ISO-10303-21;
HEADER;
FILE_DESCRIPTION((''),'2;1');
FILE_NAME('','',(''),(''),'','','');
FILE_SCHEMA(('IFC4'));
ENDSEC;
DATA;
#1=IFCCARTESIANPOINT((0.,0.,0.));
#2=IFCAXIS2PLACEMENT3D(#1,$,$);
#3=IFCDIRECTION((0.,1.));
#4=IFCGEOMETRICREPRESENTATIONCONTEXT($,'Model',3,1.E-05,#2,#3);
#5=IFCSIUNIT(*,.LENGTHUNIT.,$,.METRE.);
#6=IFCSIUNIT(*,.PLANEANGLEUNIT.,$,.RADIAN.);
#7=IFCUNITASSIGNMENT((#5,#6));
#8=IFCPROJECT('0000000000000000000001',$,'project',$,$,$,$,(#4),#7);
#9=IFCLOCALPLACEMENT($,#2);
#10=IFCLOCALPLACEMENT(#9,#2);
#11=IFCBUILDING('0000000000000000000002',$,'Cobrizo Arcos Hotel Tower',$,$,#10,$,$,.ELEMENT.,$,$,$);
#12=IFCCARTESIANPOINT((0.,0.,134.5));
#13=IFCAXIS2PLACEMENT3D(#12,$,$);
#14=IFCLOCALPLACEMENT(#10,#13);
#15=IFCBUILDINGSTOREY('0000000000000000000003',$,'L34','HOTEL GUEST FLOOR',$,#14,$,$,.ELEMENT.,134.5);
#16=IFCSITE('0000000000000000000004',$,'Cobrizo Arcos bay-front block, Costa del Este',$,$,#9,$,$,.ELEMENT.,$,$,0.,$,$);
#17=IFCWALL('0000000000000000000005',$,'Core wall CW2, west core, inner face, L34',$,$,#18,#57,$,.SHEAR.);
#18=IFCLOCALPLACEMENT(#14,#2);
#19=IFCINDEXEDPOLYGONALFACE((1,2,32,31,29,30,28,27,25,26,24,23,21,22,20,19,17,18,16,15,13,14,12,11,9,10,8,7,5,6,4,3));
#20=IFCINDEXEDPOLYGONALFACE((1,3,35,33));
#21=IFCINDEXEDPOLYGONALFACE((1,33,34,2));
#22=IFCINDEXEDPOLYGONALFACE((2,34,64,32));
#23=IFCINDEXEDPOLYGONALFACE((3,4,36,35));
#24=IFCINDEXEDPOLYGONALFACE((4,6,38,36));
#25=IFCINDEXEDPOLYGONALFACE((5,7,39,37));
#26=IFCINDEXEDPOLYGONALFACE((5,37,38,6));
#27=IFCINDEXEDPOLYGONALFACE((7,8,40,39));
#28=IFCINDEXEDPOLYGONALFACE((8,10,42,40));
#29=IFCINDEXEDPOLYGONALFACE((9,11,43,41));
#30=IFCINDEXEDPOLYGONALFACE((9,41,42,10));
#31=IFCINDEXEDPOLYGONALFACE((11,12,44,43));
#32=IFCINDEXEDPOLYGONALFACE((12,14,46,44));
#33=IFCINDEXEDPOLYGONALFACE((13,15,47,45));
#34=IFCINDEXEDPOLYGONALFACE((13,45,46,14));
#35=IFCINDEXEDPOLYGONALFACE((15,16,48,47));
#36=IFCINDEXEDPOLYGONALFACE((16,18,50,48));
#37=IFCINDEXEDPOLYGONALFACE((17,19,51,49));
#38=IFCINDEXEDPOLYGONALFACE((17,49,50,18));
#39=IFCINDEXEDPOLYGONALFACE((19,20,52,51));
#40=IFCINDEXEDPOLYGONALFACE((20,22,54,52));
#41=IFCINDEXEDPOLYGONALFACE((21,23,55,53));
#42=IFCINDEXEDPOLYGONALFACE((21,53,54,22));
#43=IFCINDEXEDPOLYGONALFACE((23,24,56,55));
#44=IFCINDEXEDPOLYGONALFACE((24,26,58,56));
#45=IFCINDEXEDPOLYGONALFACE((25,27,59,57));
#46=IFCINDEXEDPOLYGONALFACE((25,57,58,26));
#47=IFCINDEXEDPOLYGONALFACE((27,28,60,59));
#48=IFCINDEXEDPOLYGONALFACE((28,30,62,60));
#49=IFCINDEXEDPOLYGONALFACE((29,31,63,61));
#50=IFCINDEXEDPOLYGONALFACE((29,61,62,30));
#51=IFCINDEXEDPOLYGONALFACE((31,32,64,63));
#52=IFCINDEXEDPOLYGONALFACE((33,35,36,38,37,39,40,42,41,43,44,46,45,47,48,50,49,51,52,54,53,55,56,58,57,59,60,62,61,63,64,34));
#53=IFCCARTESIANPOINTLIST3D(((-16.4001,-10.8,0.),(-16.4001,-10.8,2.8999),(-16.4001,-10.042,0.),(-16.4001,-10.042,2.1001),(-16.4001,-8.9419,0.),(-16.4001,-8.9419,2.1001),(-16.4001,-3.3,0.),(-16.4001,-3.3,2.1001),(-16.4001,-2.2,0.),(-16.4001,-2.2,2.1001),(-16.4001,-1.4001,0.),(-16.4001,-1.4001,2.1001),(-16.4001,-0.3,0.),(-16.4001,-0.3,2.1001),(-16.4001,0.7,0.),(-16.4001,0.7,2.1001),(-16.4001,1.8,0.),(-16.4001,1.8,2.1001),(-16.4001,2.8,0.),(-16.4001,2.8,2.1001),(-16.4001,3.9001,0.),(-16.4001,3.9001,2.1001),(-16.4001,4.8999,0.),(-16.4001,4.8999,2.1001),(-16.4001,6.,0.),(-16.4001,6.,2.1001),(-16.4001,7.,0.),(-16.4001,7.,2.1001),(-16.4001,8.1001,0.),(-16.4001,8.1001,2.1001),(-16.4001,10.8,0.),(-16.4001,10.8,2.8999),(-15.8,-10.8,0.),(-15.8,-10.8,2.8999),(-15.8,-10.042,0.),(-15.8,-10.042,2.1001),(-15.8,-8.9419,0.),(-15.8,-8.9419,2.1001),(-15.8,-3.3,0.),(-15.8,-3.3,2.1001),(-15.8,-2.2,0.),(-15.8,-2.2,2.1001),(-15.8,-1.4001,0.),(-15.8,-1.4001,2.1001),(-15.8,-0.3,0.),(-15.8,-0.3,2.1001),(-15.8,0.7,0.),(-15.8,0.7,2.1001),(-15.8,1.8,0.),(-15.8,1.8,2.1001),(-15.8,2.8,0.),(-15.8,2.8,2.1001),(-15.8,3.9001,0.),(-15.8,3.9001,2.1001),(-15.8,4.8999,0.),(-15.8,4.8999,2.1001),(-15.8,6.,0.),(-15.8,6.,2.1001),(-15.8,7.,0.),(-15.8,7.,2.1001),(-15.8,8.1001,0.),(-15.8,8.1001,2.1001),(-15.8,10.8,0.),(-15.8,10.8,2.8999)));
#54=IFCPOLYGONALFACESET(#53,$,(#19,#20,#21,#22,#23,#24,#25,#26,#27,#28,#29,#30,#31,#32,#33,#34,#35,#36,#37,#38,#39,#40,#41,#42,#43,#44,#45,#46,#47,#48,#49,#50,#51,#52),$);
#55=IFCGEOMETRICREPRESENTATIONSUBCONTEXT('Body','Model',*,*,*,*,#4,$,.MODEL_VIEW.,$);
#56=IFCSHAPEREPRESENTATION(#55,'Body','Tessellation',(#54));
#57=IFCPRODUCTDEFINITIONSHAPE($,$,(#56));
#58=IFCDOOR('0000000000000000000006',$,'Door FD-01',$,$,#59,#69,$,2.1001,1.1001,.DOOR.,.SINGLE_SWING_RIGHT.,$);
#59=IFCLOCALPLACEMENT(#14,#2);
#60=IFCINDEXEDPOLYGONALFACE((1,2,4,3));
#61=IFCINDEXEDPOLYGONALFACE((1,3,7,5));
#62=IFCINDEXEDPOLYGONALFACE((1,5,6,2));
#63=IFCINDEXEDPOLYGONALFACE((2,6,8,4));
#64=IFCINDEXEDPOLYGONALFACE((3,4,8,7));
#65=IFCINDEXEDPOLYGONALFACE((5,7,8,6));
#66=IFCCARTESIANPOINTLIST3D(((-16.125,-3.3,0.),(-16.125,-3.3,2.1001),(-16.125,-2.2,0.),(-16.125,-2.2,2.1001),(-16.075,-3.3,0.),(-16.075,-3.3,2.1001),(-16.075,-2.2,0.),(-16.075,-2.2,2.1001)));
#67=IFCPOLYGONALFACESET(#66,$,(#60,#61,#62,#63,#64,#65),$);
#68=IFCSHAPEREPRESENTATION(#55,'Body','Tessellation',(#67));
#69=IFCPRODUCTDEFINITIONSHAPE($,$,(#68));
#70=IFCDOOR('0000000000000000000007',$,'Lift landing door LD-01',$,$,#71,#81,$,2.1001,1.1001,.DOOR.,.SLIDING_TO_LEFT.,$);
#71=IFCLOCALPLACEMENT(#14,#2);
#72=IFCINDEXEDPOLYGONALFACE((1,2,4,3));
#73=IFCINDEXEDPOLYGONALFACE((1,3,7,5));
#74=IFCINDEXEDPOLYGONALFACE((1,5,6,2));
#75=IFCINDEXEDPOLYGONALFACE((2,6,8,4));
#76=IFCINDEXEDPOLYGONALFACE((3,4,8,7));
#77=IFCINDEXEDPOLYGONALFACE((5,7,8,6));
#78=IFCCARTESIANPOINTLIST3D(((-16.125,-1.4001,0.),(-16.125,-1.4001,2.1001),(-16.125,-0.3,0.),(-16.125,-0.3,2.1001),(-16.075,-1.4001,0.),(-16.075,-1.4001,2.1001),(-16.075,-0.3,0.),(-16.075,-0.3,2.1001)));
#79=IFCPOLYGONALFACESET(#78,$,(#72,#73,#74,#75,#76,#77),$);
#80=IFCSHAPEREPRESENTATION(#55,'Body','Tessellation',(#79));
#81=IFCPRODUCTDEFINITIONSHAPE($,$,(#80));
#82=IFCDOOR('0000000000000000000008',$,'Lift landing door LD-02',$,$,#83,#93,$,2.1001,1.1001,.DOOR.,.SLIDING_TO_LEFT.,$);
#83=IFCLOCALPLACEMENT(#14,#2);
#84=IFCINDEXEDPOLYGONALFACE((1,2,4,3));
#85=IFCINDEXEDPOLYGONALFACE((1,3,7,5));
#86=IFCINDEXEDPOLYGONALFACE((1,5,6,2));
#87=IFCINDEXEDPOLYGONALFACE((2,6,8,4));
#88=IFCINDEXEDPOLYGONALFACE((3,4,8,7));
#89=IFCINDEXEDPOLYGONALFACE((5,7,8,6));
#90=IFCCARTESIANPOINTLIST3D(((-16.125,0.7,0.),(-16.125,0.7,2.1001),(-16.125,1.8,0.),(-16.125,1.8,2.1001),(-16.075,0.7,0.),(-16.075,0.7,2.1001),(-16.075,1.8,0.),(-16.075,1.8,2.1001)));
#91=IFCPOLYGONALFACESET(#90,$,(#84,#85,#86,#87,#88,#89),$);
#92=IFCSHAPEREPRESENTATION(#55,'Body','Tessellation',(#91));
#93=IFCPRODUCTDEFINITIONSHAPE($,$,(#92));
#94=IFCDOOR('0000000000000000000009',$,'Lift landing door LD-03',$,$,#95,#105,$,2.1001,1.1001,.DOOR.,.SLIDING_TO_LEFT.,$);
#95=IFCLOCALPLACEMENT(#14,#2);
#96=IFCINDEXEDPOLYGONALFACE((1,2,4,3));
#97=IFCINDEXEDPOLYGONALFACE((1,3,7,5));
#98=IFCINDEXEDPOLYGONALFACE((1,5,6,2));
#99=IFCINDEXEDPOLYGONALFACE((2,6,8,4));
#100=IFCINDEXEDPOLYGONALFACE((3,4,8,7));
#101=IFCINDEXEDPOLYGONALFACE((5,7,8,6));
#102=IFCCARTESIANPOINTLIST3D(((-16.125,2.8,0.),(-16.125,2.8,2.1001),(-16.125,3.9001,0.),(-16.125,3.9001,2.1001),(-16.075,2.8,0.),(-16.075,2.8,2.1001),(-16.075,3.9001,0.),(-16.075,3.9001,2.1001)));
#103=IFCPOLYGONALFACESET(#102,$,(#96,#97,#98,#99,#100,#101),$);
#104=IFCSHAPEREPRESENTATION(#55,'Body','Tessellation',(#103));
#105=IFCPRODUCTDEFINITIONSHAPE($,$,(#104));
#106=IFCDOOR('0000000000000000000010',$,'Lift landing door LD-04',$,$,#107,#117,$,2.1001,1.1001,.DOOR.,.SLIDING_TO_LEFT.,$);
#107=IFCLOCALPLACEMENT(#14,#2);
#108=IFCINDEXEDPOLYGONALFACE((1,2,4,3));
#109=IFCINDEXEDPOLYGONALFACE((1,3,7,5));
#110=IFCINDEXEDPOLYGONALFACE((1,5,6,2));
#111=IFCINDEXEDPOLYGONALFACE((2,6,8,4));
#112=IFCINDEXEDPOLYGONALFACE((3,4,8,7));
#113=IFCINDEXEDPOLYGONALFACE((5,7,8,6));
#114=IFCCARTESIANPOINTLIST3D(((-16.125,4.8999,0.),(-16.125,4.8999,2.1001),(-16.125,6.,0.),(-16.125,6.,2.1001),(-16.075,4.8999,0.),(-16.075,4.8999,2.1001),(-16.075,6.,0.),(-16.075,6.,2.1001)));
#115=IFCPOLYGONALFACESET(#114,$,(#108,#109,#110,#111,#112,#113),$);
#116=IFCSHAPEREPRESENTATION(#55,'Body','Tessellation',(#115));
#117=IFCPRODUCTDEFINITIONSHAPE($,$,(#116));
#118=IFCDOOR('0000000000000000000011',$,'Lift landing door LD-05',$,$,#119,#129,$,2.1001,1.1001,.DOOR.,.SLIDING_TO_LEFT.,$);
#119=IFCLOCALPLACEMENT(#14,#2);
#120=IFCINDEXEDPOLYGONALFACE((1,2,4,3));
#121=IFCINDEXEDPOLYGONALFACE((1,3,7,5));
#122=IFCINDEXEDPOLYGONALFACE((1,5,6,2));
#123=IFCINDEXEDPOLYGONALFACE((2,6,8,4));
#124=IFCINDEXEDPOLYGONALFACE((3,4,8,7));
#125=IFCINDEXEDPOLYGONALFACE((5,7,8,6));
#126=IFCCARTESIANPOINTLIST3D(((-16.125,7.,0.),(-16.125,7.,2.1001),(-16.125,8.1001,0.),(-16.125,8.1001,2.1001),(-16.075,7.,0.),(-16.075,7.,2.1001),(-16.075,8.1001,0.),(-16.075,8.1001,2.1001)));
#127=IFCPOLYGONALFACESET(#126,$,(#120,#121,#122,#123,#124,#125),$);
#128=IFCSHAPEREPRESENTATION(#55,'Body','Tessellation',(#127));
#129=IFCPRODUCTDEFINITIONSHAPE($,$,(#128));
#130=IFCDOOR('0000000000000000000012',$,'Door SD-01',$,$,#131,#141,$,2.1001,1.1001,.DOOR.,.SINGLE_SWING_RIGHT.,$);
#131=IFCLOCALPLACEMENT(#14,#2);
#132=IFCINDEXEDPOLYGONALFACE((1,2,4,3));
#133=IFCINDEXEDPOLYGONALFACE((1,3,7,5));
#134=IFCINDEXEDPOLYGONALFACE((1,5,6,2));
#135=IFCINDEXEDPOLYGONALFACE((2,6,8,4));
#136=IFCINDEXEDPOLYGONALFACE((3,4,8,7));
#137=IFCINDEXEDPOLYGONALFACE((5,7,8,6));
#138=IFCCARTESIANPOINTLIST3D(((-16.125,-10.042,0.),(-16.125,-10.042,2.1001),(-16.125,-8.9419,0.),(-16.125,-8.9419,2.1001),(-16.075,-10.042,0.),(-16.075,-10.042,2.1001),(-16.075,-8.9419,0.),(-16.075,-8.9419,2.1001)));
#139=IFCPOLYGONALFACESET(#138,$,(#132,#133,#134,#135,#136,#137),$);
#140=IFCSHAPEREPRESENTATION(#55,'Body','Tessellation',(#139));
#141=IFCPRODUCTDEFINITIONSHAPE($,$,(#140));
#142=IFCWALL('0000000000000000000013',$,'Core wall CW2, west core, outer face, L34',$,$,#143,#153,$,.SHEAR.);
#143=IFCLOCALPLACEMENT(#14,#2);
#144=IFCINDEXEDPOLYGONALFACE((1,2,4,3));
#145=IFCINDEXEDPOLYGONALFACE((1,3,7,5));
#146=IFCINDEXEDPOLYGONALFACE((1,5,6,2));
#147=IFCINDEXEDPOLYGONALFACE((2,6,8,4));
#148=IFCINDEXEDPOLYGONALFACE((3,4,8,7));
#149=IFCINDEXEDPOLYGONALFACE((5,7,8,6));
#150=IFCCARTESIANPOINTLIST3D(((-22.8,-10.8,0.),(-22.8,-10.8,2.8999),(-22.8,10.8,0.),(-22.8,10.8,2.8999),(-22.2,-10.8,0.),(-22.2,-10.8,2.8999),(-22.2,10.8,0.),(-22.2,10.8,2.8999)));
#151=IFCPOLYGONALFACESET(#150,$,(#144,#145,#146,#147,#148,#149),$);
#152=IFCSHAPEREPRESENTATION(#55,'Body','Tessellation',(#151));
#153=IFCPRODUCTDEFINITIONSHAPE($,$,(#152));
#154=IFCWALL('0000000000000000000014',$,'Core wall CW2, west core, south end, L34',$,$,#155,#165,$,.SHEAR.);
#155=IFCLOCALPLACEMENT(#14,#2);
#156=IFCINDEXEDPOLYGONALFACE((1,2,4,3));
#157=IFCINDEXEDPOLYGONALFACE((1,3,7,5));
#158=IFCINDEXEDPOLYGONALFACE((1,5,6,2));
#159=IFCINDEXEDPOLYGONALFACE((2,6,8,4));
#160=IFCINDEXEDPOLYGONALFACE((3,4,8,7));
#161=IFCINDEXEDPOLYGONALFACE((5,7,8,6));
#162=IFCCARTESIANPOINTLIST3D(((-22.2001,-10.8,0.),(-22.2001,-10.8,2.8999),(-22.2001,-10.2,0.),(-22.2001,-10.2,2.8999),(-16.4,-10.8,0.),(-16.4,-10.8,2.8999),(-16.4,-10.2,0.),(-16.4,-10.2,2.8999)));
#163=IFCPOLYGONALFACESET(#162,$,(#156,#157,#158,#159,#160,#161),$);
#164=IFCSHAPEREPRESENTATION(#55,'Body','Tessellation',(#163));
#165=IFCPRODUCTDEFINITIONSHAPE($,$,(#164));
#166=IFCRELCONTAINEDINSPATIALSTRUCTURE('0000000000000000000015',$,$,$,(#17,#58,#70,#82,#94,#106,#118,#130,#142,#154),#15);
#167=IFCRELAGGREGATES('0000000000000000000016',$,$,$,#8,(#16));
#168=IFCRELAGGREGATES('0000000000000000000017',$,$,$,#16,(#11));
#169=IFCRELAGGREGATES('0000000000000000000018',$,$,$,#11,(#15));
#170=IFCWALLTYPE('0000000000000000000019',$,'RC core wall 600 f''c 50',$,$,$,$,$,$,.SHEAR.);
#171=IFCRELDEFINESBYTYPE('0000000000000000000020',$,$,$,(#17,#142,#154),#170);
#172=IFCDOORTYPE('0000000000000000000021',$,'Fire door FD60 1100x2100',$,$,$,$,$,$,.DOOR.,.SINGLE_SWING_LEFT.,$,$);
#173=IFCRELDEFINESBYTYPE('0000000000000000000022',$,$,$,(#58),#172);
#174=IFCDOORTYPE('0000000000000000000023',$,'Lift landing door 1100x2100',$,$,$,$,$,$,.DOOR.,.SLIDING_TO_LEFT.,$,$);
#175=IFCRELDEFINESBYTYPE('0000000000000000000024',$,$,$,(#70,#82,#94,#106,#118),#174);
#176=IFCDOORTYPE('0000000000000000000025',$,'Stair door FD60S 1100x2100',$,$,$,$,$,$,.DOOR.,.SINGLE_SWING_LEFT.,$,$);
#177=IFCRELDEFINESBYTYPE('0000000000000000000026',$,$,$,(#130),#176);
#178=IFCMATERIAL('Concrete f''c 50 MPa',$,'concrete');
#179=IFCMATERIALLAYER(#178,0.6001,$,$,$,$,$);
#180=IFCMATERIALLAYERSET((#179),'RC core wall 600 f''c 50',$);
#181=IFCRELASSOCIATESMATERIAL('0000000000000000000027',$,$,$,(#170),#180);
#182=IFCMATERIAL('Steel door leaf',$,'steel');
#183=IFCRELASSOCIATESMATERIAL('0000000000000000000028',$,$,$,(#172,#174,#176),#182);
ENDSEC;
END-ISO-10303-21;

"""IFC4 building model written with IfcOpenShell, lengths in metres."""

from ifc_helpers import new_model, si_unit, direction, frame, frame_2d, origin, place, context, subcontext, project, spatial, rectangle, extrude, material, layer, layer_set, type_object, element, fill, save


model = new_model("IFC4")

# Units and contexts
model_context = context("Model", 3, precision=1e-05, world=origin(), true_north=direction((0.0, 1.0)))
body_context = subcontext(model_context, "Body", "Model", "MODEL_VIEW")
ifc_project = project(units=[si_unit("LENGTHUNIT", "METRE"), si_unit("PLANEANGLEUNIT", "RADIAN")], contexts=[model_context])

# Site, building, storey
site_placement = place(None, origin())
site = spatial("IfcSite", under=ifc_project, at=site_placement, Name="Cobrizo Arcos bay-front block, Costa del Este", CompositionType="ELEMENT", RefElevation=0.0)
building_placement = place(site_placement, origin())
building = spatial("IfcBuilding", under=site, at=building_placement, Name="Cobrizo Arcos Hotel Tower", CompositionType="ELEMENT")
storey_placement = place(building_placement, frame((0.0, 0.0, 134.5)))
storey = spatial("IfcBuildingStorey", under=building, at=storey_placement, Name="L34", Description="HOTEL GUEST FLOOR", CompositionType="ELEMENT", Elevation=134.5)

# Wall, openings, doors
ifc_material_1 = material(Name="Concrete f'c 50 MPa", Category="concrete")
ifc_layer_1 = layer(ifc_material_1, 0.6001)
ifc_layer_set_1 = layer_set([ifc_layer_1], Name="RC core wall 600 f'c 50")
wall_type_1 = type_object("IfcWallType", Name="RC core wall 600 f'c 50", PredefinedType="SHEAR", material=ifc_layer_set_1)
wall_1_placement = place(storey_placement, frame((-16.1001, -10.8, 0.0), z_axis=(0.0, 0.0, 1.0), x_axis=(0.0, 1.0, 0.0)))
wall_1 = element("IfcWall", 1, at=wall_1_placement, inside=storey, type_object=wall_type_1, Name="Core wall CW2, west core, inner face, L34", PredefinedType="SHEAR", context=body_context, shape_type="SweptSolid", body=[
    extrude(rectangle(XDim=21.6001, YDim=0.6001, at=frame_2d((10.8, 0.0))), origin(), (0.0, 0.0, 1.0), 2.8999),
])
opening_1_placement = place(wall_1_placement, frame((9.3999, 0.0, 0.0)))
opening_1 = element("IfcOpeningElement", 2, at=opening_1_placement, cuts=wall_1, PredefinedType="OPENING", context=body_context, shape_type="SweptSolid", body=[
    extrude(rectangle(XDim=1.1001, YDim=2.1001, at=frame_2d((0.55, 1.05))), frame((0.0, 0.312, 0.0), z_axis=(0.0, -1.0, 0.0), x_axis=(1.0, 0.0, 0.0)), (0.0, 0.0, 1.0), 0.624),
])
opening_2_placement = place(wall_1_placement, frame((11.5, 0.0, 0.0)))
opening_2 = element("IfcOpeningElement", 3, at=opening_2_placement, cuts=wall_1, PredefinedType="OPENING", context=body_context, shape_type="SweptSolid", body=[
    extrude(rectangle(XDim=1.1001, YDim=2.1001, at=frame_2d((0.55, 1.05))), frame((0.0, 0.312, 0.0), z_axis=(0.0, -1.0, 0.0), x_axis=(1.0, 0.0, 0.0)), (0.0, 0.0, 1.0), 0.624),
])
opening_3_placement = place(wall_1_placement, frame((13.6001, 0.0, 0.0)))
opening_3 = element("IfcOpeningElement", 4, at=opening_3_placement, cuts=wall_1, PredefinedType="OPENING", context=body_context, shape_type="SweptSolid", body=[
    extrude(rectangle(XDim=1.1001, YDim=2.1001, at=frame_2d((0.55, 1.05))), frame((0.0, 0.312, 0.0), z_axis=(0.0, -1.0, 0.0), x_axis=(1.0, 0.0, 0.0)), (0.0, 0.0, 1.0), 0.624),
])
opening_4_placement = place(wall_1_placement, frame((15.7, 0.0, 0.0)))
opening_4 = element("IfcOpeningElement", 5, at=opening_4_placement, cuts=wall_1, PredefinedType="OPENING", context=body_context, shape_type="SweptSolid", body=[
    extrude(rectangle(XDim=1.1001, YDim=2.1001, at=frame_2d((0.55, 1.05))), frame((0.0, 0.312, 0.0), z_axis=(0.0, -1.0, 0.0), x_axis=(1.0, 0.0, 0.0)), (0.0, 0.0, 1.0), 0.624),
])
opening_5_placement = place(wall_1_placement, frame((17.8, 0.0, 0.0)))
opening_5 = element("IfcOpeningElement", 6, at=opening_5_placement, cuts=wall_1, PredefinedType="OPENING", context=body_context, shape_type="SweptSolid", body=[
    extrude(rectangle(XDim=1.1001, YDim=2.1001, at=frame_2d((0.55, 1.05))), frame((0.0, 0.312, 0.0), z_axis=(0.0, -1.0, 0.0), x_axis=(1.0, 0.0, 0.0)), (0.0, 0.0, 1.0), 0.624),
])
opening_6_placement = place(wall_1_placement, frame((0.7581, 0.0, 0.0)))
opening_6 = element("IfcOpeningElement", 7, at=opening_6_placement, cuts=wall_1, PredefinedType="OPENING", context=body_context, shape_type="SweptSolid", body=[
    extrude(rectangle(XDim=1.1001, YDim=2.1001, at=frame_2d((0.55, 1.05))), frame((0.0, 0.312, 0.0), z_axis=(0.0, -1.0, 0.0), x_axis=(1.0, 0.0, 0.0)), (0.0, 0.0, 1.0), 0.624),
])
opening_7_placement = place(wall_1_placement, frame((7.5, 0.0, 0.0)))
opening_7 = element("IfcOpeningElement", 8, at=opening_7_placement, cuts=wall_1, PredefinedType="OPENING", context=body_context, shape_type="SweptSolid", body=[
    extrude(rectangle(XDim=1.1001, YDim=2.1001, at=frame_2d((0.55, 1.05))), frame((0.0, 0.312, 0.0), z_axis=(0.0, -1.0, 0.0), x_axis=(1.0, 0.0, 0.0)), (0.0, 0.0, 1.0), 0.624),
])
ifc_material_2 = material(Name="Steel door leaf", Category="steel")
door_type_1 = type_object("IfcDoorType", Name="Fire door FD60 1100x2100", OperationType="SINGLE_SWING_LEFT", PredefinedType="DOOR", material=ifc_material_2)
door_1_placement = place(opening_7_placement, origin())
door_1 = element("IfcDoor", 9, at=door_1_placement, inside=storey, type_object=door_type_1, Name="Door FD-01", OperationType="SINGLE_SWING_RIGHT", OverallHeight=2.1001, OverallWidth=1.1001, PredefinedType="DOOR", context=body_context, shape_type="SweptSolid", body=[
    extrude(rectangle(XDim=1.1001, YDim=2.1001, at=frame_2d((0.55, 1.05))), frame((0.0, 0.0249, 0.0), z_axis=(0.0, -1.0, 0.0), x_axis=(1.0, 0.0, 0.0)), (0.0, 0.0, 1.0), 0.05),
])
fill(opening_7, door_1)
door_type_2 = type_object("IfcDoorType", Name="Lift landing door 1100x2100", OperationType="SLIDING_TO_LEFT", PredefinedType="DOOR", material=ifc_material_2)
door_2_placement = place(opening_1_placement, origin())
door_2 = element("IfcDoor", 10, at=door_2_placement, inside=storey, type_object=door_type_2, Name="Lift landing door LD-01", OperationType="SLIDING_TO_LEFT", OverallHeight=2.1001, OverallWidth=1.1001, PredefinedType="DOOR", context=body_context, shape_type="SweptSolid", body=[
    extrude(rectangle(XDim=1.1001, YDim=2.1001, at=frame_2d((0.55, 1.05))), frame((0.0, 0.0249, 0.0), z_axis=(0.0, -1.0, 0.0), x_axis=(1.0, 0.0, 0.0)), (0.0, 0.0, 1.0), 0.05),
])
fill(opening_1, door_2)
door_3_placement = place(opening_2_placement, origin())
door_3 = element("IfcDoor", 11, at=door_3_placement, inside=storey, type_object=door_type_2, Name="Lift landing door LD-02", OperationType="SLIDING_TO_LEFT", OverallHeight=2.1001, OverallWidth=1.1001, PredefinedType="DOOR", context=body_context, shape_type="SweptSolid", body=[
    extrude(rectangle(XDim=1.1001, YDim=2.1001, at=frame_2d((0.55, 1.05))), frame((0.0, 0.0249, 0.0), z_axis=(0.0, -1.0, 0.0), x_axis=(1.0, 0.0, 0.0)), (0.0, 0.0, 1.0), 0.05),
])
fill(opening_2, door_3)
door_4_placement = place(opening_3_placement, origin())
door_4 = element("IfcDoor", 12, at=door_4_placement, inside=storey, type_object=door_type_2, Name="Lift landing door LD-03", OperationType="SLIDING_TO_LEFT", OverallHeight=2.1001, OverallWidth=1.1001, PredefinedType="DOOR", context=body_context, shape_type="SweptSolid", body=[
    extrude(rectangle(XDim=1.1001, YDim=2.1001, at=frame_2d((0.55, 1.05))), frame((0.0, 0.0249, 0.0), z_axis=(0.0, -1.0, 0.0), x_axis=(1.0, 0.0, 0.0)), (0.0, 0.0, 1.0), 0.05),
])
fill(opening_3, door_4)
door_5_placement = place(opening_4_placement, origin())
door_5 = element("IfcDoor", 13, at=door_5_placement, inside=storey, type_object=door_type_2, Name="Lift landing door LD-04", OperationType="SLIDING_TO_LEFT", OverallHeight=2.1001, OverallWidth=1.1001, PredefinedType="DOOR", context=body_context, shape_type="SweptSolid", body=[
    extrude(rectangle(XDim=1.1001, YDim=2.1001, at=frame_2d((0.55, 1.05))), frame((0.0, 0.0249, 0.0), z_axis=(0.0, -1.0, 0.0), x_axis=(1.0, 0.0, 0.0)), (0.0, 0.0, 1.0), 0.05),
])
fill(opening_4, door_5)
door_6_placement = place(opening_5_placement, origin())
door_6 = element("IfcDoor", 14, at=door_6_placement, inside=storey, type_object=door_type_2, Name="Lift landing door LD-05", OperationType="SLIDING_TO_LEFT", OverallHeight=2.1001, OverallWidth=1.1001, PredefinedType="DOOR", context=body_context, shape_type="SweptSolid", body=[
    extrude(rectangle(XDim=1.1001, YDim=2.1001, at=frame_2d((0.55, 1.05))), frame((0.0, 0.0249, 0.0), z_axis=(0.0, -1.0, 0.0), x_axis=(1.0, 0.0, 0.0)), (0.0, 0.0, 1.0), 0.05),
])
fill(opening_5, door_6)
door_type_3 = type_object("IfcDoorType", Name="Stair door FD60S 1100x2100", OperationType="SINGLE_SWING_LEFT", PredefinedType="DOOR", material=ifc_material_2)
door_7_placement = place(opening_6_placement, origin())
door_7 = element("IfcDoor", 15, at=door_7_placement, inside=storey, type_object=door_type_3, Name="Door SD-01", OperationType="SINGLE_SWING_RIGHT", OverallHeight=2.1001, OverallWidth=1.1001, PredefinedType="DOOR", context=body_context, shape_type="SweptSolid", body=[
    extrude(rectangle(XDim=1.1001, YDim=2.1001, at=frame_2d((0.55, 1.05))), frame((0.0, 0.0249, 0.0), z_axis=(0.0, -1.0, 0.0), x_axis=(1.0, 0.0, 0.0)), (0.0, 0.0, 1.0), 0.05),
])
fill(opening_6, door_7)

# Walls
wall_2_placement = place(storey_placement, frame((-22.5, -10.8, 0.0), z_axis=(0.0, 0.0, 1.0), x_axis=(0.0, 1.0, 0.0)))
element("IfcWall", 16, at=wall_2_placement, inside=storey, type_object=wall_type_1, Name="Core wall CW2, west core, outer face, L34", PredefinedType="SHEAR", context=body_context, shape_type="SweptSolid", body=[
    extrude(rectangle(XDim=21.6001, YDim=0.6001, at=frame_2d((10.8, 0.0))), origin(), (0.0, 0.0, 1.0), 2.8999),
])
wall_3_placement = place(storey_placement, frame((-22.2, -10.5, 0.0), z_axis=(0.0, 0.0, 1.0), x_axis=(1.0, 0.0, 0.0)))
element("IfcWall", 17, at=wall_3_placement, inside=storey, type_object=wall_type_1, Name="Core wall CW2, west core, south end, L34", PredefinedType="SHEAR", context=body_context, shape_type="SweptSolid", body=[
    extrude(rectangle(XDim=5.8, YDim=0.6001, at=frame_2d((2.8999, 0.0))), origin(), (0.0, 0.0, 1.0), 2.8999),
])

save(model, "model.ifc")
